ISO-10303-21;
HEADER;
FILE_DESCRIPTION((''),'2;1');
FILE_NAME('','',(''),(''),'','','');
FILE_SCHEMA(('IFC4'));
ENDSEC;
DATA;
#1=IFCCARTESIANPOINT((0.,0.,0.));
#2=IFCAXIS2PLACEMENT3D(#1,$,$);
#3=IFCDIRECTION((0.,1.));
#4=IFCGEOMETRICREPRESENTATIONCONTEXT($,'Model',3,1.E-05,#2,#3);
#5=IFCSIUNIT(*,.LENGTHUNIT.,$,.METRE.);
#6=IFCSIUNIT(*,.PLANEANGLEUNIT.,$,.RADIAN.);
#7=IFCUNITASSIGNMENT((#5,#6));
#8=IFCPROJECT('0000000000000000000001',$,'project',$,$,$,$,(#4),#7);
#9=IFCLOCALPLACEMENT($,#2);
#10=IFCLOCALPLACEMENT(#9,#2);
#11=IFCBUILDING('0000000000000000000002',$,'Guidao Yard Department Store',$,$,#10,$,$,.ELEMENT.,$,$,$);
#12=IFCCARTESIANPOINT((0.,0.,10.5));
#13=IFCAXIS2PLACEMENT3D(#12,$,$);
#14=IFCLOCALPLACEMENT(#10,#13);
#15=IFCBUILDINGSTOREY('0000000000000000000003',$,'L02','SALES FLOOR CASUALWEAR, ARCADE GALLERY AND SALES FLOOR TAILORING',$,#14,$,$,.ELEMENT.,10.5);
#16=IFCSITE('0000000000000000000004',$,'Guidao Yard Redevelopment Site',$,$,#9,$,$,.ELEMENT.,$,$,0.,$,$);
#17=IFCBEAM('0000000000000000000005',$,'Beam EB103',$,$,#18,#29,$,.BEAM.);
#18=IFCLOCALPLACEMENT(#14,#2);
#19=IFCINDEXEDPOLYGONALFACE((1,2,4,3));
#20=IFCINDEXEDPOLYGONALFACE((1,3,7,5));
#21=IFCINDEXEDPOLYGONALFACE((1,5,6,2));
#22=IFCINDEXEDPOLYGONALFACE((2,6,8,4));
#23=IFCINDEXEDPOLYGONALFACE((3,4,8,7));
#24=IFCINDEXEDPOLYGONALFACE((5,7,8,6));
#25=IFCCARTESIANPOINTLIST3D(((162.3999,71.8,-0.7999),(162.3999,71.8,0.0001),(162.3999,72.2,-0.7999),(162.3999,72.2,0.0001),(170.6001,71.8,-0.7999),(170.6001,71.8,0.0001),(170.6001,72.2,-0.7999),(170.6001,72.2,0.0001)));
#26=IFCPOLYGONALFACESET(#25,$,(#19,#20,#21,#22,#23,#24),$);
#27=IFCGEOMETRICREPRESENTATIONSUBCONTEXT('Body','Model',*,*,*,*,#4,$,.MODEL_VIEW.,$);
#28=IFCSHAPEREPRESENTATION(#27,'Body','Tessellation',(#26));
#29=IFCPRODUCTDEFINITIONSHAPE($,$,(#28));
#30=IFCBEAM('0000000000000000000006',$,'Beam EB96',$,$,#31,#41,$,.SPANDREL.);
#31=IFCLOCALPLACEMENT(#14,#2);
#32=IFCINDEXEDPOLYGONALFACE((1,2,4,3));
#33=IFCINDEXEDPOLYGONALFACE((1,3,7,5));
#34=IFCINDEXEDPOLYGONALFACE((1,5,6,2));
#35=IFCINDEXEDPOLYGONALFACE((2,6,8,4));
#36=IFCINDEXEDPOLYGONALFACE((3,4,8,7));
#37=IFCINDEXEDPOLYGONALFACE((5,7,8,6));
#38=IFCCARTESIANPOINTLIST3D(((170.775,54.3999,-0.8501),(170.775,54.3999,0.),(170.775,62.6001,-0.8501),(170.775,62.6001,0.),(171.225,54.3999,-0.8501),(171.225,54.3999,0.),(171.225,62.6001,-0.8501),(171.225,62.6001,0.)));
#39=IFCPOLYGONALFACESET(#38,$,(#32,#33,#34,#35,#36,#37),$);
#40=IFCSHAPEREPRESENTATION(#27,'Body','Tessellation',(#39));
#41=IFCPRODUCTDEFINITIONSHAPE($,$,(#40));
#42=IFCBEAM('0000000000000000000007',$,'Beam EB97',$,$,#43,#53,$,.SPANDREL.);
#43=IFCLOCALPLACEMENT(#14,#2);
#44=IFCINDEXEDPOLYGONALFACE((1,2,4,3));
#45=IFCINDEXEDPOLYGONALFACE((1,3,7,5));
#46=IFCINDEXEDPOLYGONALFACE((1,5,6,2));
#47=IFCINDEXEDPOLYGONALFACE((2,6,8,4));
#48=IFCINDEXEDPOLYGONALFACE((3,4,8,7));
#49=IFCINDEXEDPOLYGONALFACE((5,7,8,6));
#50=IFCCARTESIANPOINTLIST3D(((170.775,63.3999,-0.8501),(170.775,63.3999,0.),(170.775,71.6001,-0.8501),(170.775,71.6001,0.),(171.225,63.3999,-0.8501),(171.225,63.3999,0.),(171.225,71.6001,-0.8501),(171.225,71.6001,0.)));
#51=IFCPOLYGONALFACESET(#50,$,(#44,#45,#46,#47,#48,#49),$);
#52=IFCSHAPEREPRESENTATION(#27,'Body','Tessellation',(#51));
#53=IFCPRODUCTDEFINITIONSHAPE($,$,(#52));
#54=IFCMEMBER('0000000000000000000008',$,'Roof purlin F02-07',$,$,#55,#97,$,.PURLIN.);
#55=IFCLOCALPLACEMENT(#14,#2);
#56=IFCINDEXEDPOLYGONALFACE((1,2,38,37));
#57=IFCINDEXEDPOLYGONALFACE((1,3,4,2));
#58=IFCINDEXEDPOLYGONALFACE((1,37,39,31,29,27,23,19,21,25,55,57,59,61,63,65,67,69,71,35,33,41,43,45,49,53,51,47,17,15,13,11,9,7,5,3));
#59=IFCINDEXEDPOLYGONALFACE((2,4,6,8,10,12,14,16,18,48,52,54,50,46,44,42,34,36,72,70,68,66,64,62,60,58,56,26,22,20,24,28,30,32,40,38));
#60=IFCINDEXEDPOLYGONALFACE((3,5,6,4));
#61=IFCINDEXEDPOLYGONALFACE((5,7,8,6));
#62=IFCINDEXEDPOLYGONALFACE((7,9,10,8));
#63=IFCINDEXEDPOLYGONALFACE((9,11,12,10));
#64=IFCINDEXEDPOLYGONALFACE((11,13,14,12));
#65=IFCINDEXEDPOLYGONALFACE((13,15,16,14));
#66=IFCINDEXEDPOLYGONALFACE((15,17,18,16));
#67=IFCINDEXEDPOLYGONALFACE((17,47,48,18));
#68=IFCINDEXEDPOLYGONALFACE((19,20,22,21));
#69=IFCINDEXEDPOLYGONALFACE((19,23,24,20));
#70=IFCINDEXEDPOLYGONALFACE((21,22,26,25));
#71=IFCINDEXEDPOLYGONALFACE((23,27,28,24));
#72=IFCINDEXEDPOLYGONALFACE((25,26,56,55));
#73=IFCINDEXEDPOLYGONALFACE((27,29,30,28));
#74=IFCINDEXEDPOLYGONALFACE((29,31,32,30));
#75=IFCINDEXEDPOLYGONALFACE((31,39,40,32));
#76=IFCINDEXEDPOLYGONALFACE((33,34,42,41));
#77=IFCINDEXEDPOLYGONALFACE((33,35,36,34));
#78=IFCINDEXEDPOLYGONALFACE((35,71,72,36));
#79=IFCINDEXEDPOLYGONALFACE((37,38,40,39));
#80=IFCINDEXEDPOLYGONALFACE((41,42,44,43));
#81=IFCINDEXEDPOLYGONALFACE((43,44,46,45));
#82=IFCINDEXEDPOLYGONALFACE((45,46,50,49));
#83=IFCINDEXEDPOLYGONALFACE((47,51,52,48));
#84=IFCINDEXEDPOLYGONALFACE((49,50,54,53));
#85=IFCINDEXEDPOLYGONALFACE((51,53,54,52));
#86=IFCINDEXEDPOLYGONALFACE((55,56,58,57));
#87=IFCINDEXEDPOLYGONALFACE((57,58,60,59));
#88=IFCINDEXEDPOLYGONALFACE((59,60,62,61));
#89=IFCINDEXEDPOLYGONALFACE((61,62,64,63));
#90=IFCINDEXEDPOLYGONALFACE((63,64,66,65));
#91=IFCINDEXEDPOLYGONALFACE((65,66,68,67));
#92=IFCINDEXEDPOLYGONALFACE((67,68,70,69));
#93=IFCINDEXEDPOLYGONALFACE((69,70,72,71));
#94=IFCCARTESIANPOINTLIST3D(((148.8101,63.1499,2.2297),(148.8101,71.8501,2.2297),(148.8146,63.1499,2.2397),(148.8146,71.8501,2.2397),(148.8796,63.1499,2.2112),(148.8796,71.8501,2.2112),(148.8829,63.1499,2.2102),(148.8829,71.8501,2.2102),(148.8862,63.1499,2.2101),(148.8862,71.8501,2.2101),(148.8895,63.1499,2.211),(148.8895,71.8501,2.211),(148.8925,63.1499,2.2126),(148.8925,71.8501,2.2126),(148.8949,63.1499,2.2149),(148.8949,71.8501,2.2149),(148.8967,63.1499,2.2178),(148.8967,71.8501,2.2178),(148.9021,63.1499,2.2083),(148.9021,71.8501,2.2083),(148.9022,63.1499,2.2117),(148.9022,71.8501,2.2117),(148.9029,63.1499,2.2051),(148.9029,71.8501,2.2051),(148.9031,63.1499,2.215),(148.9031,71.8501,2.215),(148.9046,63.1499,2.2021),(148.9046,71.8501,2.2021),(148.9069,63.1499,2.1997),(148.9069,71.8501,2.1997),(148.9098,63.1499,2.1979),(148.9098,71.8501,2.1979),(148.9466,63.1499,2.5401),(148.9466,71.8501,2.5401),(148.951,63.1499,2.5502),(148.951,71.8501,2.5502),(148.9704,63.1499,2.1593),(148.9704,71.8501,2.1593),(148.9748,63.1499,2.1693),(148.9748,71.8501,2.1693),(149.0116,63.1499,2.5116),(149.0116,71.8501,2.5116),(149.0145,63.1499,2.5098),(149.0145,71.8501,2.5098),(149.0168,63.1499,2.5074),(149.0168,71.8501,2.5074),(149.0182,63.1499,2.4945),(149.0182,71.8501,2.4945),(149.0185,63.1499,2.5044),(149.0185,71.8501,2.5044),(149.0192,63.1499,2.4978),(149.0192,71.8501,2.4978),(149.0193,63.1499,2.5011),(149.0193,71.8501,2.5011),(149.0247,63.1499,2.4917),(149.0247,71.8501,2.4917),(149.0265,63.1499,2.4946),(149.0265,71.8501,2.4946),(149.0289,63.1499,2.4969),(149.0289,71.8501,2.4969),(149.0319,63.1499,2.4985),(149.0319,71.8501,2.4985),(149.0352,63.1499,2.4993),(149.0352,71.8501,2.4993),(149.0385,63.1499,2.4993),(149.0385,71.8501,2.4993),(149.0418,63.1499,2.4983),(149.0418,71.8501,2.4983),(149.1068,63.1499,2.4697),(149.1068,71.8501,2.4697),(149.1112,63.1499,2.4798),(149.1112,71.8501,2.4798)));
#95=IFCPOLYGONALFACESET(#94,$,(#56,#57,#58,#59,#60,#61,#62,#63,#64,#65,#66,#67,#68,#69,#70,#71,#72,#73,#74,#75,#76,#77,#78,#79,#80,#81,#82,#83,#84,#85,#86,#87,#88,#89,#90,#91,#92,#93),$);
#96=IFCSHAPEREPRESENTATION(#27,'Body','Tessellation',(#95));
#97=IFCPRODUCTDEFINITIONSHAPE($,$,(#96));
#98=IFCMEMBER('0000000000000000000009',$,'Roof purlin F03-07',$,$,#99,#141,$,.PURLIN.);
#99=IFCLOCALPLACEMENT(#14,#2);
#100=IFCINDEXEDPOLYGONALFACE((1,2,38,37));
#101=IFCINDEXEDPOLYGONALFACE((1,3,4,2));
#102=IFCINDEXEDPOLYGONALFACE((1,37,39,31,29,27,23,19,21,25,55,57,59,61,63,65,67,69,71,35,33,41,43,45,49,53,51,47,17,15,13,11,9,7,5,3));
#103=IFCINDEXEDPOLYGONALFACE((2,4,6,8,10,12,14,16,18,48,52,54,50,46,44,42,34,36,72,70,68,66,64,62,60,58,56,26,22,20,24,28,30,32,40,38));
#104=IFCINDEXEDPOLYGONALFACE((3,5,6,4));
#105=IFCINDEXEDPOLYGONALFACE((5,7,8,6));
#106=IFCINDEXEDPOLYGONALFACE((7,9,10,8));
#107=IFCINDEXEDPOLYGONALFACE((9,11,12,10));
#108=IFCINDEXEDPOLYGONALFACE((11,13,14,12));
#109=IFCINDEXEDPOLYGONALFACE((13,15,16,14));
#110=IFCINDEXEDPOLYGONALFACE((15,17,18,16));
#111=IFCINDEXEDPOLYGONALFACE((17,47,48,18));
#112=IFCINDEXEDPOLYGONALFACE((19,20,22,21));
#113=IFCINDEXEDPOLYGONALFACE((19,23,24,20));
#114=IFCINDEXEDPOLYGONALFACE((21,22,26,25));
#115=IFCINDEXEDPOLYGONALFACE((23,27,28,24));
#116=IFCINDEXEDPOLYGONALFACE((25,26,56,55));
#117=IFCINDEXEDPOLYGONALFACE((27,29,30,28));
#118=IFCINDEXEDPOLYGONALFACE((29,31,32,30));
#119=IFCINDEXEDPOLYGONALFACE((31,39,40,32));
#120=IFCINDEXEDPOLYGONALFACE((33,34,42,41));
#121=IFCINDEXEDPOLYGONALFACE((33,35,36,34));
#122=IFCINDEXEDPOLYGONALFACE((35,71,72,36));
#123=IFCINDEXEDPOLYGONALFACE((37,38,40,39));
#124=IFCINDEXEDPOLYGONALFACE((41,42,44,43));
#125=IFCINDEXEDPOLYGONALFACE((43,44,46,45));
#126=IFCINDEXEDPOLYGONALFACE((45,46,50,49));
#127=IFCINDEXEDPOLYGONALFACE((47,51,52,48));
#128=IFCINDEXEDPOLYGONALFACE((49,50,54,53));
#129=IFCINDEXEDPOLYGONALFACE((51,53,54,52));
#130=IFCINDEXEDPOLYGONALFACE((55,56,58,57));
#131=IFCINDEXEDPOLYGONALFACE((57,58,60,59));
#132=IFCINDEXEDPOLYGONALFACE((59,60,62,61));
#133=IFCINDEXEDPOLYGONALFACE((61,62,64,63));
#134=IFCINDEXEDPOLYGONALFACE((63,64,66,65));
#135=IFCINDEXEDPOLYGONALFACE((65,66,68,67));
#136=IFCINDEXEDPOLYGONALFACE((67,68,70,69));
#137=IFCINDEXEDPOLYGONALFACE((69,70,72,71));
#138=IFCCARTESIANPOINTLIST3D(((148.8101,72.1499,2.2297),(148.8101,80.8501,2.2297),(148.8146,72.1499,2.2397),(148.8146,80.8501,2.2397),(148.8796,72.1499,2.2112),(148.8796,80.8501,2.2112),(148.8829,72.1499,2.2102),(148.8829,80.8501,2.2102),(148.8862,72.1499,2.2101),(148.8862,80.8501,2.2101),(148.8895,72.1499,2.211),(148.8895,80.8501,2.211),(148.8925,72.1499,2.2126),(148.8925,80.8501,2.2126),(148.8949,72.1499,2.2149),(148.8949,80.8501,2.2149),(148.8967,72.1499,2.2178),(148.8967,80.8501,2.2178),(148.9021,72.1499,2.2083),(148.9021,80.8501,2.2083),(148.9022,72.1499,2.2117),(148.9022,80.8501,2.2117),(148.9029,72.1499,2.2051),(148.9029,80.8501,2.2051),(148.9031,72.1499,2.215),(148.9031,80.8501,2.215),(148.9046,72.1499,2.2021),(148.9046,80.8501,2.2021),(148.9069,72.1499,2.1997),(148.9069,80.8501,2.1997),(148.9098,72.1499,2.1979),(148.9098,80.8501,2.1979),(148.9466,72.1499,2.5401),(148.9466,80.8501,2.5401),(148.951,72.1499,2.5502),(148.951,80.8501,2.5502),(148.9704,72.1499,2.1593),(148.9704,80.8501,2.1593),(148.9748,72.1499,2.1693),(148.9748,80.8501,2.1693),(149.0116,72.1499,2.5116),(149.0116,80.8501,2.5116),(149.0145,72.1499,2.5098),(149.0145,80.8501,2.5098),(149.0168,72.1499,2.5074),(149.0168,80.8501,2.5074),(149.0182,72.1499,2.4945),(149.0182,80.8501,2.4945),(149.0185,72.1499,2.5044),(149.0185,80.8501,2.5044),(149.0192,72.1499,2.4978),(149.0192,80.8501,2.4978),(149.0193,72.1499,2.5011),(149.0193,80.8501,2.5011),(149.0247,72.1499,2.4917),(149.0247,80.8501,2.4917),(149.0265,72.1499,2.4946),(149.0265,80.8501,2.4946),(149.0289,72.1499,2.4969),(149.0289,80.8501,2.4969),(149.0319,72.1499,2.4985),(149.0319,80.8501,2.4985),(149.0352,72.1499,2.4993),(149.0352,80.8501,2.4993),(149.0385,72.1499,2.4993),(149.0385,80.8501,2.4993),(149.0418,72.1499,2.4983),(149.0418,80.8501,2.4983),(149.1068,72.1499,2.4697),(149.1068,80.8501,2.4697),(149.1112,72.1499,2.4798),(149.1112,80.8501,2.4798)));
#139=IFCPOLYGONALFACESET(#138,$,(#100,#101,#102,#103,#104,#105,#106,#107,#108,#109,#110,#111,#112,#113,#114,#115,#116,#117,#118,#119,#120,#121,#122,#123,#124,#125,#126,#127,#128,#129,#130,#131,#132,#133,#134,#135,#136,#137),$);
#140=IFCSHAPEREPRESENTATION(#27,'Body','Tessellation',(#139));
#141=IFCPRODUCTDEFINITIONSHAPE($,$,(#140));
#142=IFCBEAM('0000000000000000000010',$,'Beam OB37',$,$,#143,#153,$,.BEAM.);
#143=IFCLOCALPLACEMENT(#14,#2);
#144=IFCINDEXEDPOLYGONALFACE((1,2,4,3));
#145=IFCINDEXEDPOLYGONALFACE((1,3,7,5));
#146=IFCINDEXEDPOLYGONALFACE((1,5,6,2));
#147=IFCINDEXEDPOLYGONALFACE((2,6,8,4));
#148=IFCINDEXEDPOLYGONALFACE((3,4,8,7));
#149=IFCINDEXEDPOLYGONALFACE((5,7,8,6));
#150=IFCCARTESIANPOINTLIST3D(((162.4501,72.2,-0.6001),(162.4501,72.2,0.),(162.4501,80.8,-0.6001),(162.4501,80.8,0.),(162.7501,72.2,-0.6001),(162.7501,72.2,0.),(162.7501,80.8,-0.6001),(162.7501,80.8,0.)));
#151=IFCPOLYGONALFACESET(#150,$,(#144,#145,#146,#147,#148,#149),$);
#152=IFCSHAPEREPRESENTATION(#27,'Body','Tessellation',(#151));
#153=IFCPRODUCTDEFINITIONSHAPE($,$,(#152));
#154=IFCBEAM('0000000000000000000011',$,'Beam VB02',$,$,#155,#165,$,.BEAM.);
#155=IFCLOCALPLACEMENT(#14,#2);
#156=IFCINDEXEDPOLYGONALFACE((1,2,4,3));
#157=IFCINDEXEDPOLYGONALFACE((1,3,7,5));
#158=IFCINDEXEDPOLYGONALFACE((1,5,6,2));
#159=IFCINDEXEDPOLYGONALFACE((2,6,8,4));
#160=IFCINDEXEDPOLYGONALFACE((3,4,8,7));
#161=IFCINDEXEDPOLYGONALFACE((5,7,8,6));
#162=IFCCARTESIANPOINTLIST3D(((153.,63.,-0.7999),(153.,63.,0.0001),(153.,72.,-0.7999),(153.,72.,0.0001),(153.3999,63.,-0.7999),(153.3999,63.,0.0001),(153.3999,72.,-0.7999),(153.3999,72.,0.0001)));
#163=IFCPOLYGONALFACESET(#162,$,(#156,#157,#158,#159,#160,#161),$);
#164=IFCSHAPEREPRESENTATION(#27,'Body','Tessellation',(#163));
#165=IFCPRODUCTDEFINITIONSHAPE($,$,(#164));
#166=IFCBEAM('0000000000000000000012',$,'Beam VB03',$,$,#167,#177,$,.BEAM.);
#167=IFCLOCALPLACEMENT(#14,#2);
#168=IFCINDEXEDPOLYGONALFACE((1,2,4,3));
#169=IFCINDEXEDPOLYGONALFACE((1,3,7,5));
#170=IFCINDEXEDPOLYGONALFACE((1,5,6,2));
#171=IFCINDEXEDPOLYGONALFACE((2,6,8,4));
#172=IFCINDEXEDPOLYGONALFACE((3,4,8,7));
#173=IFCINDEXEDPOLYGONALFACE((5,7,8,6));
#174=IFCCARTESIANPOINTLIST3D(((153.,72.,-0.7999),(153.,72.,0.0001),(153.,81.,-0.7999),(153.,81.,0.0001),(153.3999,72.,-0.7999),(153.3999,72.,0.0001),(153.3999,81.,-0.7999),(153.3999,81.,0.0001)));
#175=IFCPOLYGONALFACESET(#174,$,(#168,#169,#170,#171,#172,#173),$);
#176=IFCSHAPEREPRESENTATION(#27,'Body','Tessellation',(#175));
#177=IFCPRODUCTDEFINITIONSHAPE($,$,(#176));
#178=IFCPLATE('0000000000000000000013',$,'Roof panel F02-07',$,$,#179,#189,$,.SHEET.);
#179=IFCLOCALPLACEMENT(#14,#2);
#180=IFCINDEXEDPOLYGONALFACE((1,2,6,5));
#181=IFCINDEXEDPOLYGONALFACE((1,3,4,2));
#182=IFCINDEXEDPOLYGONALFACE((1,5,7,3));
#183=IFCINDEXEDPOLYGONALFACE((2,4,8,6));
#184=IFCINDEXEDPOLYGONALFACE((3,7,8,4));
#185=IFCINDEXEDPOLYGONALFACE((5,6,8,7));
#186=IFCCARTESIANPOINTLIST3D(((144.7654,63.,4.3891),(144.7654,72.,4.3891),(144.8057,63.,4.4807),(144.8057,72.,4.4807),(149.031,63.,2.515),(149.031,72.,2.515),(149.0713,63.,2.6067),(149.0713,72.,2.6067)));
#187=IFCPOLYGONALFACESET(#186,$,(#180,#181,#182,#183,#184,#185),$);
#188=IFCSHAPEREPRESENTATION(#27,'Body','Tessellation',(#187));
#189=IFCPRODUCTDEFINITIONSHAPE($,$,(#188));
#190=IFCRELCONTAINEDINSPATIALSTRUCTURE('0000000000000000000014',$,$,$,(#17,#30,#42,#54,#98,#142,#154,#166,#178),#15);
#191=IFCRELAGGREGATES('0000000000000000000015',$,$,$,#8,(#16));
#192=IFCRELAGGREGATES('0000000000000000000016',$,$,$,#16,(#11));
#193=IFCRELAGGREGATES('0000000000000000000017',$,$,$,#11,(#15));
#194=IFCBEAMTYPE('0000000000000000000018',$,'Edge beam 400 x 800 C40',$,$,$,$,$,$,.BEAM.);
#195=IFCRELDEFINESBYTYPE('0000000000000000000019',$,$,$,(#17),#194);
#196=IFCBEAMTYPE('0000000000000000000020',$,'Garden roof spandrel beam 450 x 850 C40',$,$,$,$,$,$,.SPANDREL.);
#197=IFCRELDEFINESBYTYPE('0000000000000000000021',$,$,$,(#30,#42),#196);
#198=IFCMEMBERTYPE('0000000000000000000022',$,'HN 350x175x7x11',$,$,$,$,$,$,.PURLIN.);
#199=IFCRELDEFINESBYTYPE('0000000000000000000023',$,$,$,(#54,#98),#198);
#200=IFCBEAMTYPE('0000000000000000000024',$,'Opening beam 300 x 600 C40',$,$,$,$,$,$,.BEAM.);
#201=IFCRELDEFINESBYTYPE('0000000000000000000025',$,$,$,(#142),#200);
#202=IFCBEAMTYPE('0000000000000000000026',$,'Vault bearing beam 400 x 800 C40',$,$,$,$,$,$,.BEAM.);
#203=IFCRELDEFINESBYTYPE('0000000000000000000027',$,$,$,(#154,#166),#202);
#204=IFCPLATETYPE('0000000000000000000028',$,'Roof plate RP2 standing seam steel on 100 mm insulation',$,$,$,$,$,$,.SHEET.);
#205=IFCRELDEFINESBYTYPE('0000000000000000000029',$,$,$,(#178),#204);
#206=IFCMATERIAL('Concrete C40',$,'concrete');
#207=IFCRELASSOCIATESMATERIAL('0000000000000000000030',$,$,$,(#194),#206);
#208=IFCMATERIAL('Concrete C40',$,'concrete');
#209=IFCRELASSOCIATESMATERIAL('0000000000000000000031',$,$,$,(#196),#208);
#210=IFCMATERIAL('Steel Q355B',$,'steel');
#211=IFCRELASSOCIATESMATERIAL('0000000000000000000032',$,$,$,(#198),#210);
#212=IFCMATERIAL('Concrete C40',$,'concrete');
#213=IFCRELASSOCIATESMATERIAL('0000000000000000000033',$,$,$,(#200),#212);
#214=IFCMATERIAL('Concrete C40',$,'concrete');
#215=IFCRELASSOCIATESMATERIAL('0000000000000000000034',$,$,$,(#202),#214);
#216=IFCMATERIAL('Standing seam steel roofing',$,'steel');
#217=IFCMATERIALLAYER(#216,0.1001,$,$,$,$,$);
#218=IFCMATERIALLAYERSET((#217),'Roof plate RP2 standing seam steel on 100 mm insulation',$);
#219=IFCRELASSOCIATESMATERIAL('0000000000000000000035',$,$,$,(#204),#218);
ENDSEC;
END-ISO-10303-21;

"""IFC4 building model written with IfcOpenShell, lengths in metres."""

from ifc_helpers import new_model, si_unit, direction, frame, origin, origin_2d, place, context, subcontext, project, spatial, polyline, rectangle, i_section, outline, extrude, material, layer, layer_set, material_profile, profile_set, type_object, element, save


model = new_model("IFC4")

# Units and contexts
model_context = context("Model", 3, precision=1e-05, world=origin(), true_north=direction((0.0, 1.0)))
body_context = subcontext(model_context, "Body", "Model", "MODEL_VIEW")
ifc_project = project(units=[si_unit("LENGTHUNIT", "METRE"), si_unit("PLANEANGLEUNIT", "RADIAN")], contexts=[model_context])

# Site, building, storey
site_placement = place(None, origin())
site = spatial("IfcSite", under=ifc_project, at=site_placement, Name="Guidao Yard Redevelopment Site", CompositionType="ELEMENT", RefElevation=0.0)
building_placement = place(site_placement, origin())
building = spatial("IfcBuilding", under=site, at=building_placement, Name="Guidao Yard Department Store", CompositionType="ELEMENT")
storey_placement = place(building_placement, frame((0.0, 0.0, 10.5)))
storey = spatial("IfcBuildingStorey", under=building, at=storey_placement, Name="L02", Description="SALES FLOOR CASUALWEAR, ARCADE GALLERY AND SALES FLOOR TAILORING", CompositionType="ELEMENT", Elevation=10.5)

# Beams
ifc_material_1 = material(Name="Concrete C40", Category="concrete")
ifc_material_profile_1 = material_profile(ifc_material_1, rectangle(XDim=0.3999, YDim=0.8, at=origin_2d()), Name="Edge beam 400 x 800 C40")
ifc_profile_set_1 = profile_set([ifc_material_profile_1], Name="Concrete C40")
beam_type_1 = type_object("IfcBeamType", Name="Edge beam 400 x 800 C40", PredefinedType="BEAM", material=ifc_profile_set_1)
beam_1_placement = place(storey_placement, frame((162.3999, 72.0, -0.3999), z_axis=(1.0, 0.0, 0.0), x_axis=(0.0, 1.0, 0.0)))
element("IfcBeam", 1, at=beam_1_placement, inside=storey, type_object=beam_type_1, Name="Beam EB103", PredefinedType="BEAM", context=body_context, shape_type="SweptSolid", body=[
    extrude(rectangle(XDim=0.3999, YDim=0.8, at=origin_2d()), origin(), (0.0, 0.0, 1.0), 8.2002),
])
ifc_material_2 = material(Name="Concrete C40", Category="concrete")
ifc_material_profile_2 = material_profile(ifc_material_2, rectangle(XDim=0.45, YDim=0.8501, at=origin_2d()), Name="Garden roof spandrel beam 450 x 850 C40")
ifc_profile_set_2 = profile_set([ifc_material_profile_2], Name="Concrete C40")
beam_type_2 = type_object("IfcBeamType", Name="Garden roof spandrel beam 450 x 850 C40", PredefinedType="SPANDREL", material=ifc_profile_set_2)
for number, where, z_axis, x_axis, name in (
    (2, (171.0, 54.3999, -0.425), (0.0, 1.0, 0.0), (-1.0, 0.0, 0.0), "Beam EB96"),
    (3, (171.0, 63.3999, -0.425), (0.0, 1.0, 0.0), (-1.0, 0.0, 0.0), "Beam EB97"),
):
    element("IfcBeam", number, at=place(storey_placement, frame(where, z_axis=z_axis, x_axis=x_axis)), inside=storey, type_object=beam_type_2, Name=name, PredefinedType="SPANDREL", context=body_context, shape_type="SweptSolid", body=[
        extrude(rectangle(XDim=0.45, YDim=0.8501, at=origin_2d()), origin(), (0.0, 0.0, 1.0), 8.2002),
    ])

# Members
ifc_material_3 = material(Name="Steel Q355B", Category="steel")
ifc_material_profile_3 = material_profile(ifc_material_3, i_section(OverallWidth=0.175, OverallDepth=0.3501, WebThickness=0.0071, FlangeThickness=0.011, FilletRadius=0.0129, at=origin_2d()), Name="HN 350x175x7x11")
ifc_profile_set_3 = profile_set([ifc_material_profile_3], Name="Steel Q355B")
member_type = type_object("IfcMemberType", Name="HN 350x175x7x11", PredefinedType="PURLIN", material=ifc_profile_set_3)
for number, where, z_axis, x_axis, name in (
    (4, (148.9607, 63.1499, 2.3547), (0.0, 1.0, 0.0), (-0.915526, 0.0, 0.402258), "Roof purlin F02-07"),
    (5, (148.9607, 72.1499, 2.3547), (0.0, 1.0, 0.0), (-0.915526, 0.0, 0.402258), "Roof purlin F03-07"),
):
    element("IfcMember", number, at=place(storey_placement, frame(where, z_axis=z_axis, x_axis=x_axis)), inside=storey, type_object=member_type, Name=name, PredefinedType="PURLIN", context=body_context, shape_type="SweptSolid", body=[
        extrude(i_section(OverallWidth=0.175, OverallDepth=0.3501, WebThickness=0.0071, FlangeThickness=0.011, FilletRadius=0.0129, at=origin_2d()), origin(), (0.0, 0.0, 1.0), 8.7002),
    ])

# Beams
ifc_material_4 = material(Name="Concrete C40", Category="concrete")
ifc_material_profile_4 = material_profile(ifc_material_4, rectangle(XDim=0.3, YDim=0.6001, at=origin_2d()), Name="Opening beam 300 x 600 C40")
ifc_profile_set_4 = profile_set([ifc_material_profile_4], Name="Concrete C40")
beam_type_3 = type_object("IfcBeamType", Name="Opening beam 300 x 600 C40", PredefinedType="BEAM", material=ifc_profile_set_4)
beam_2_placement = place(storey_placement, frame((162.6001, 72.2, -0.3), z_axis=(0.0, 1.0, 0.0), x_axis=(-1.0, 0.0, 0.0)))
element("IfcBeam", 6, at=beam_2_placement, inside=storey, type_object=beam_type_3, Name="Beam OB37", PredefinedType="BEAM", context=body_context, shape_type="SweptSolid", body=[
    extrude(rectangle(XDim=0.3, YDim=0.6001, at=origin_2d()), origin(), (0.0, 0.0, 1.0), 8.6001),
])
ifc_material_5 = material(Name="Concrete C40", Category="concrete")
ifc_material_profile_5 = material_profile(ifc_material_5, rectangle(XDim=0.3999, YDim=0.8, at=origin_2d()), Name="Vault bearing beam 400 x 800 C40")
ifc_profile_set_5 = profile_set([ifc_material_profile_5], Name="Concrete C40")
beam_type_4 = type_object("IfcBeamType", Name="Vault bearing beam 400 x 800 C40", PredefinedType="BEAM", material=ifc_profile_set_5)
for number, where, z_axis, x_axis, name in (
    (7, (153.2, 63.0, -0.3999), (0.0, 1.0, 0.0), (-1.0, 0.0, 0.0), "Beam VB02"),
    (8, (153.2, 72.0, -0.3999), (0.0, 1.0, 0.0), (-1.0, 0.0, 0.0), "Beam VB03"),
):
    element("IfcBeam", number, at=place(storey_placement, frame(where, z_axis=z_axis, x_axis=x_axis)), inside=storey, type_object=beam_type_4, Name=name, PredefinedType="BEAM", context=body_context, shape_type="SweptSolid", body=[
        extrude(rectangle(XDim=0.3999, YDim=0.8, at=origin_2d()), origin(), (0.0, 0.0, 1.0), 9.0),
    ])

# Plate
ifc_material_6 = material(Name="Standing seam steel roofing", Category="steel")
ifc_layer_1 = layer(ifc_material_6, 0.1001)
ifc_layer_set_1 = layer_set([ifc_layer_1], Name="Roof plate RP2 standing seam steel on 100 mm insulation")
plate_type = type_object("IfcPlateType", Name="Roof plate RP2 standing seam steel on 100 mm insulation", PredefinedType="SHEET", material=ifc_layer_set_1)
plate_1_placement = place(storey_placement, frame((144.8057, 63.0, 4.4807), z_axis=(0.402226, 0.0, 0.915541), x_axis=(0.915541, 0.0, -0.402226)))
element("IfcPlate", 9, at=plate_1_placement, inside=storey, type_object=plate_type, Name="Roof panel F02-07", PredefinedType="SHEET", context=body_context, shape_type="SweptSolid", body=[
    extrude(outline(polyline([(0.0, 0.0), (4.6591, 0.0), (4.6591, 9.0), (0.0, 9.0), (0.0, 0.0)])), origin(), (0.0, 0.0, -1.0), 0.1001),
])

save(model, "model.ifc")
